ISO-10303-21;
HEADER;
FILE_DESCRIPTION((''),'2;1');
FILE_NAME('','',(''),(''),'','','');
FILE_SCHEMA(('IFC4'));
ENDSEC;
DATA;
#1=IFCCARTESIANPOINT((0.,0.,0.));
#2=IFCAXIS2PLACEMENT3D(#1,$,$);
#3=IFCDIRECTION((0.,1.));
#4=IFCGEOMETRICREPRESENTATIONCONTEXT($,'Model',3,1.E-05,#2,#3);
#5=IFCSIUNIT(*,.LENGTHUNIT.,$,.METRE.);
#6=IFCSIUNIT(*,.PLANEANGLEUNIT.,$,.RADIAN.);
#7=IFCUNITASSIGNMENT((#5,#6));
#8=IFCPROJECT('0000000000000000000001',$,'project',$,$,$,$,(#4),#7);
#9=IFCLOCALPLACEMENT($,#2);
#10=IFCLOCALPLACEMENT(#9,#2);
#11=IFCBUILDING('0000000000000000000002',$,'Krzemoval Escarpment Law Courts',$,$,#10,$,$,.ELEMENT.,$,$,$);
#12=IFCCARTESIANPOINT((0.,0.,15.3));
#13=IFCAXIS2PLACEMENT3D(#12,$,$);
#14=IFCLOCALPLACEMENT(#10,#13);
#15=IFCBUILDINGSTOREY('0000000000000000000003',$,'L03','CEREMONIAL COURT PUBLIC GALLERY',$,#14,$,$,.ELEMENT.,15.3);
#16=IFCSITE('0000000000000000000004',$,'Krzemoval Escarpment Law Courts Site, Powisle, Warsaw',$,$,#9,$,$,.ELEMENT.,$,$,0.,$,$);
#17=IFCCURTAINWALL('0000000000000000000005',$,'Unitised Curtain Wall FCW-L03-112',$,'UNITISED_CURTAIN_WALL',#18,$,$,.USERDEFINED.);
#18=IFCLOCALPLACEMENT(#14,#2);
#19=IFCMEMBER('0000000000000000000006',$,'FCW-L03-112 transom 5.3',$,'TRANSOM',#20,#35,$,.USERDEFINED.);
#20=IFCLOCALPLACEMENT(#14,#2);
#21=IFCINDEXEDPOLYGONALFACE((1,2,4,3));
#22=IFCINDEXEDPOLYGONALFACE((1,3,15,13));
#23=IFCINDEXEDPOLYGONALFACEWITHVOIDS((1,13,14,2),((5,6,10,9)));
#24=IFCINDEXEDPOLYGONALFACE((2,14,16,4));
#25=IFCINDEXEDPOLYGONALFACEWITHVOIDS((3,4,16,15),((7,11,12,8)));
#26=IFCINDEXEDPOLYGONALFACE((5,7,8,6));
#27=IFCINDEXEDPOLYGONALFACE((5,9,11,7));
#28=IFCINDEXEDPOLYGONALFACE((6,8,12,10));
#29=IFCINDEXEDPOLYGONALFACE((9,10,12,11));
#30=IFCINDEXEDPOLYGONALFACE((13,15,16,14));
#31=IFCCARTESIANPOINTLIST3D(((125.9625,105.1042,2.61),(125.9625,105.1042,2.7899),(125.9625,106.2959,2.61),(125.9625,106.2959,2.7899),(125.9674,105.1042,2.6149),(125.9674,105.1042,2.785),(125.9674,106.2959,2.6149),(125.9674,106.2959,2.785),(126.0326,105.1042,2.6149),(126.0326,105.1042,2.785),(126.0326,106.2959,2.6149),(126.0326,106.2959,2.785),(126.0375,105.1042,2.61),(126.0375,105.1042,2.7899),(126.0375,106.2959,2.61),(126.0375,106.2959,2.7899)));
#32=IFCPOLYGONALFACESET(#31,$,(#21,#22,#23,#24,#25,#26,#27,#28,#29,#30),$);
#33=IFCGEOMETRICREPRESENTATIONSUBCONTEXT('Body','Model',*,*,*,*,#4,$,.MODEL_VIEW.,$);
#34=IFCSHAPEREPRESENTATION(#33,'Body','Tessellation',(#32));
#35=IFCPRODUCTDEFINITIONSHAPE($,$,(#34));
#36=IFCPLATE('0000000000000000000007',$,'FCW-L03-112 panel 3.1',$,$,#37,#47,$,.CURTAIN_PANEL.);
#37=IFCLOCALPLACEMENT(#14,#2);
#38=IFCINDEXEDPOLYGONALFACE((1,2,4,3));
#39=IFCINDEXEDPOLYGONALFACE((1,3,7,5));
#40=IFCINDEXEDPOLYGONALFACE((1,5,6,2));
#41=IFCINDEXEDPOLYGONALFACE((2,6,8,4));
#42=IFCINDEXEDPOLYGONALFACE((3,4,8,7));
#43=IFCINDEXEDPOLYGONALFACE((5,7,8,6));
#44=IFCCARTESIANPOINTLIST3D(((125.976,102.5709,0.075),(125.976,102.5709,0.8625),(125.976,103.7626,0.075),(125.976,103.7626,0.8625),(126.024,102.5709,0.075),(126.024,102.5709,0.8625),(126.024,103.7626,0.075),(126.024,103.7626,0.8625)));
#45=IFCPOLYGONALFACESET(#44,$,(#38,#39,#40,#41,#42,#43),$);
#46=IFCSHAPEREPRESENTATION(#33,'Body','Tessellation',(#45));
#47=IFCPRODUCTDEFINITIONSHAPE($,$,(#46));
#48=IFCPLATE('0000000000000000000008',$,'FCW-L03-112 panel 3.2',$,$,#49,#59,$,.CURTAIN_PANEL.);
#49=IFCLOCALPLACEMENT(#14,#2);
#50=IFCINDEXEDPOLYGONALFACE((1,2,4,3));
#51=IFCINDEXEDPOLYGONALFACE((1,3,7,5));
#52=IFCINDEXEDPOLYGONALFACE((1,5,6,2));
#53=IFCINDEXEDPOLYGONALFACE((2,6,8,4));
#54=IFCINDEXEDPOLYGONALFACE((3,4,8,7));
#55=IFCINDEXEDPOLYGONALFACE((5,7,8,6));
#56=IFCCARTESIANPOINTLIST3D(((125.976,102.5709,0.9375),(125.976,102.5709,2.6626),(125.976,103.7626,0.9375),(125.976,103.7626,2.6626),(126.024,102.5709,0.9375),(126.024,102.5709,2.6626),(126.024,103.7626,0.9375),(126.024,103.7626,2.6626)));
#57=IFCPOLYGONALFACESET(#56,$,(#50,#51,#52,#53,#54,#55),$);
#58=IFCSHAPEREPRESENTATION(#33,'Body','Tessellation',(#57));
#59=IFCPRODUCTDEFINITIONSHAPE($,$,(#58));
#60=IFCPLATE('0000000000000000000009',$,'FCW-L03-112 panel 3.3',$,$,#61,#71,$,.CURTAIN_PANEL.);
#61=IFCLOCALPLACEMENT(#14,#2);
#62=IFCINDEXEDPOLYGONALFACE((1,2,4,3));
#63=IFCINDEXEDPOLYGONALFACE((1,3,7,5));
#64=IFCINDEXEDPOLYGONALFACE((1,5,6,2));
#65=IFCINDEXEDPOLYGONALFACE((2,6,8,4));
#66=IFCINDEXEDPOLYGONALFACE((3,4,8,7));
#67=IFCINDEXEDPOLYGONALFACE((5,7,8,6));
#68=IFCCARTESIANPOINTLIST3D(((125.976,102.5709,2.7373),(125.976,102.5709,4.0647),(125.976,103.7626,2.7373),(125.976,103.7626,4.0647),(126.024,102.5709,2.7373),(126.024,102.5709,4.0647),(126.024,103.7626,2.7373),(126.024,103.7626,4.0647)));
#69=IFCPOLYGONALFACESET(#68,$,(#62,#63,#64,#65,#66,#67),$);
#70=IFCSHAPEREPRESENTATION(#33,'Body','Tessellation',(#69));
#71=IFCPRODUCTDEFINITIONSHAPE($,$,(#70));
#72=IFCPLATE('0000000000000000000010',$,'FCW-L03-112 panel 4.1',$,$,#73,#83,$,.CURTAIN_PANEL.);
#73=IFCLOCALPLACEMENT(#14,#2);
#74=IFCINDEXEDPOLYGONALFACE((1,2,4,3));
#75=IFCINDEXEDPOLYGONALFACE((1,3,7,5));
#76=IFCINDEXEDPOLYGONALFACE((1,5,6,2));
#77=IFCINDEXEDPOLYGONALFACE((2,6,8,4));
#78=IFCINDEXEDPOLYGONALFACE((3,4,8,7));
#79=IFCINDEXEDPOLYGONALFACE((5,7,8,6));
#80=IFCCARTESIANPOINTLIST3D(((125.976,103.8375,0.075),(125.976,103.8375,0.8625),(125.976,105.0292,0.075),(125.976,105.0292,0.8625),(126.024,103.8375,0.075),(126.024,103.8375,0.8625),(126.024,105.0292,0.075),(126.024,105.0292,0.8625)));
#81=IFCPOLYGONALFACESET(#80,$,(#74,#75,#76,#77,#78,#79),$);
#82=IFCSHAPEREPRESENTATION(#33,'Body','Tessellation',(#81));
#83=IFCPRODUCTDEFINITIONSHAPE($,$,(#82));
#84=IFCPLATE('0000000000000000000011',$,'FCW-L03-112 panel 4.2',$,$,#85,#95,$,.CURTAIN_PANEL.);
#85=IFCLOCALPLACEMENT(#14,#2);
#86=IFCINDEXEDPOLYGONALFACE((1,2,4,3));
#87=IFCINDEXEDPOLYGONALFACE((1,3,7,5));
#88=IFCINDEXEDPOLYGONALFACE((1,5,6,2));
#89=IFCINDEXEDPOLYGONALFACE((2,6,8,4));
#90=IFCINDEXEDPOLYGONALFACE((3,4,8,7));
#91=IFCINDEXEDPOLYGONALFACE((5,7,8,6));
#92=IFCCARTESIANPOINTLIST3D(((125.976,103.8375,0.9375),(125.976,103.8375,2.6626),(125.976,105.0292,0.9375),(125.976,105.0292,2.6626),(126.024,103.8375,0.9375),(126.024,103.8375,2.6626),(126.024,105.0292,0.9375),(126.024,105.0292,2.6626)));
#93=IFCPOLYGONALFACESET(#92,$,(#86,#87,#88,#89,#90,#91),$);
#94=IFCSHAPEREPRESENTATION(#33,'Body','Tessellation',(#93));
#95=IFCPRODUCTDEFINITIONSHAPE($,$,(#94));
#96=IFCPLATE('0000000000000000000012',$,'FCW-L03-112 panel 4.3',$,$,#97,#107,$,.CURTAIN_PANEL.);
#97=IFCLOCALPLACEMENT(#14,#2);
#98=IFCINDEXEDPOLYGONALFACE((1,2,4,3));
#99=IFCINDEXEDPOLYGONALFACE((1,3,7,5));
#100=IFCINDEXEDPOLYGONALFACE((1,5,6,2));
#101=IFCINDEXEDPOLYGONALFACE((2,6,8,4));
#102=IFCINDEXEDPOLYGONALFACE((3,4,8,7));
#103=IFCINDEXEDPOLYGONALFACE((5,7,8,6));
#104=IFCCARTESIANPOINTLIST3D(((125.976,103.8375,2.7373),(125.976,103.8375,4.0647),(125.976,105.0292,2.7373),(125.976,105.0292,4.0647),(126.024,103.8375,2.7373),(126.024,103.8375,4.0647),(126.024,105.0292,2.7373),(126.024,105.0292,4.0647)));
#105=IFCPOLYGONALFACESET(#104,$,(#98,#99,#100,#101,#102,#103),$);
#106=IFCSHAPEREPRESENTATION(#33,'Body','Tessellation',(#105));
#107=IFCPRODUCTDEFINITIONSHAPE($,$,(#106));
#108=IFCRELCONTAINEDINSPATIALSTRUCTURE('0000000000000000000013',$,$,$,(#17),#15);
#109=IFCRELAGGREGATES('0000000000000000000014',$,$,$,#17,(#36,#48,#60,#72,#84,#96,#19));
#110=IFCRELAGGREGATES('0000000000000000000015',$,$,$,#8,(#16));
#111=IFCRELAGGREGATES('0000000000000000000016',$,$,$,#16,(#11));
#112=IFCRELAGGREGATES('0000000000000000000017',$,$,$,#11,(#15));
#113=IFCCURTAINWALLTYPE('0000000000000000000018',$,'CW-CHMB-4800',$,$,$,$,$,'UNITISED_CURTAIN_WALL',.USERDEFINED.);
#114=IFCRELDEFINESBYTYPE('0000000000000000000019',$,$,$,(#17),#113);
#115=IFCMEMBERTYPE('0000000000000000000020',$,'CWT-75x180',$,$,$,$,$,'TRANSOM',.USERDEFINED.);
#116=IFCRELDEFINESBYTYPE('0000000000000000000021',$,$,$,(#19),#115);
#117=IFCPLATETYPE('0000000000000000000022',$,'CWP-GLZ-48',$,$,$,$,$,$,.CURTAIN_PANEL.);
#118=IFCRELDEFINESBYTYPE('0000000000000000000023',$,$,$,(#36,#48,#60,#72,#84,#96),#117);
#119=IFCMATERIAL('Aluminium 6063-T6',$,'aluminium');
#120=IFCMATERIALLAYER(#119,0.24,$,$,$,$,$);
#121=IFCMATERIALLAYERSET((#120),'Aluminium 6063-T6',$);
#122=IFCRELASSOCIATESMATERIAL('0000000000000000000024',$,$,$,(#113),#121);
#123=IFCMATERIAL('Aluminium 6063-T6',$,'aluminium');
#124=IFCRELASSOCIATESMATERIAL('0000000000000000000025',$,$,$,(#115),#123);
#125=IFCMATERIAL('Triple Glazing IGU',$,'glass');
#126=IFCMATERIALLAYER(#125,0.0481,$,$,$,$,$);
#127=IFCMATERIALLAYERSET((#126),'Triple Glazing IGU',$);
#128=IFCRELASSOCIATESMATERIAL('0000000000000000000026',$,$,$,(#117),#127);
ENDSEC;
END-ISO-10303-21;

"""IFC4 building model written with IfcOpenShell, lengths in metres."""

from ifc_helpers import new_model, si_unit, direction, frame, origin, origin_2d, place, context, subcontext, project, spatial, rectangle, hollow_rectangle, extrude, material, layer, layer_set, material_profile, profile_set, type_object, element, aggregate, save


model = new_model("IFC4")

# Units and contexts
model_context = context("Model", 3, precision=1e-05, world=origin(), true_north=direction((0.0, 1.0)))
body_context = subcontext(model_context, "Body", "Model", "MODEL_VIEW")
ifc_project = project(units=[si_unit("LENGTHUNIT", "METRE"), si_unit("PLANEANGLEUNIT", "RADIAN")], contexts=[model_context])

# Site, building, storey
site_placement = place(None, origin())
site = spatial("IfcSite", under=ifc_project, at=site_placement, Name="Krzemoval Escarpment Law Courts Site, Powisle, Warsaw", CompositionType="ELEMENT", RefElevation=0.0)
building_placement = place(site_placement, origin())
building = spatial("IfcBuilding", under=site, at=building_placement, Name="Krzemoval Escarpment Law Courts", CompositionType="ELEMENT")
storey_placement = place(building_placement, frame((0.0, 0.0, 15.3)))
storey = spatial("IfcBuildingStorey", under=building, at=storey_placement, Name="L03", Description="CEREMONIAL COURT PUBLIC GALLERY", CompositionType="ELEMENT", Elevation=15.3)

# Curtain wall, member, plates
ifc_material_1 = material(Name="Aluminium 6063-T6", Category="aluminium")
ifc_layer_1 = layer(ifc_material_1, 0.24)
ifc_layer_set_1 = layer_set([ifc_layer_1], Name="Aluminium 6063-T6")
curtain_wall_type = type_object("IfcCurtainWallType", Name="CW-CHMB-4800", ElementType="UNITISED_CURTAIN_WALL", PredefinedType="USERDEFINED", material=ifc_layer_set_1)
curtain_wall_placement = place(storey_placement, origin())
curtain_wall = element("IfcCurtainWall", 1, at=curtain_wall_placement, inside=storey, type_object=curtain_wall_type, Name="Unitised Curtain Wall FCW-L03-112", ObjectType="UNITISED_CURTAIN_WALL", PredefinedType="USERDEFINED")
ifc_material_2 = material(Name="Aluminium 6063-T6", Category="aluminium")
ifc_material_profile_1 = material_profile(ifc_material_2, hollow_rectangle(XDim=0.075, YDim=0.1799, WallThickness=0.0049, at=origin_2d()), Name="ALU T75x180")
ifc_profile_set_1 = profile_set([ifc_material_profile_1], Name="Aluminium 6063-T6")
member_type_1 = type_object("IfcMemberType", Name="CWT-75x180", ElementType="TRANSOM", PredefinedType="USERDEFINED", material=ifc_profile_set_1)
member_1_placement = place(storey_placement, frame((126.0, 105.1042, 2.7), z_axis=(0.0, 1.0, 0.0), x_axis=(-1.0, 0.0, 0.0)))
member_1 = element("IfcMember", 2, at=member_1_placement, type_object=member_type_1, Name="FCW-L03-112 transom 5.3", ObjectType="TRANSOM", PredefinedType="USERDEFINED", context=body_context, shape_type="SweptSolid", body=[
    extrude(hollow_rectangle(XDim=0.075, YDim=0.1799, WallThickness=0.0049, at=origin_2d()), origin(), (0.0, 0.0, 1.0), 1.1917),
])
ifc_material_3 = material(Name="Triple Glazing IGU", Category="glass")
ifc_layer_2 = layer(ifc_material_3, 0.0481)
ifc_layer_set_2 = layer_set([ifc_layer_2], Name="Triple Glazing IGU")
plate_type = type_object("IfcPlateType", Name="CWP-GLZ-48", PredefinedType="CURTAIN_PANEL", material=ifc_layer_set_2)
plate_1_placement = place(storey_placement, frame((126.0, 103.1667, 0.075), z_axis=(0.0, 0.0, 1.0), x_axis=(0.0, 1.0, 0.0)))
plate_1 = element("IfcPlate", 3, at=plate_1_placement, type_object=plate_type, Name="FCW-L03-112 panel 3.1", PredefinedType="CURTAIN_PANEL", context=body_context, shape_type="SweptSolid", body=[
    extrude(rectangle(XDim=1.1917, YDim=0.0481, at=origin_2d()), origin(), (0.0, 0.0, 1.0), 0.7876),
])
plate_2_placement = place(storey_placement, frame((126.0, 103.1667, 0.9375), z_axis=(0.0, 0.0, 1.0), x_axis=(0.0, 1.0, 0.0)))
plate_2 = element("IfcPlate", 4, at=plate_2_placement, type_object=plate_type, Name="FCW-L03-112 panel 3.2", PredefinedType="CURTAIN_PANEL", context=body_context, shape_type="SweptSolid", body=[
    extrude(rectangle(XDim=1.1917, YDim=0.0481, at=origin_2d()), origin(), (0.0, 0.0, 1.0), 1.7251),
])
plate_3_placement = place(storey_placement, frame((126.0, 103.1667, 2.7373), z_axis=(0.0, 0.0, 1.0), x_axis=(0.0, 1.0, 0.0)))
plate_3 = element("IfcPlate", 5, at=plate_3_placement, type_object=plate_type, Name="FCW-L03-112 panel 3.3", PredefinedType="CURTAIN_PANEL", context=body_context, shape_type="SweptSolid", body=[
    extrude(rectangle(XDim=1.1917, YDim=0.0481, at=origin_2d()), origin(), (0.0, 0.0, 1.0), 1.3274),
])
plate_4_placement = place(storey_placement, frame((126.0, 104.4333, 0.075), z_axis=(0.0, 0.0, 1.0), x_axis=(0.0, 1.0, 0.0)))
plate_4 = element("IfcPlate", 6, at=plate_4_placement, type_object=plate_type, Name="FCW-L03-112 panel 4.1", PredefinedType="CURTAIN_PANEL", context=body_context, shape_type="SweptSolid", body=[
    extrude(rectangle(XDim=1.1917, YDim=0.0481, at=origin_2d()), origin(), (0.0, 0.0, 1.0), 0.7876),
])
plate_5_placement = place(storey_placement, frame((126.0, 104.4333, 0.9375), z_axis=(0.0, 0.0, 1.0), x_axis=(0.0, 1.0, 0.0)))
plate_5 = element("IfcPlate", 7, at=plate_5_placement, type_object=plate_type, Name="FCW-L03-112 panel 4.2", PredefinedType="CURTAIN_PANEL", context=body_context, shape_type="SweptSolid", body=[
    extrude(rectangle(XDim=1.1917, YDim=0.0481, at=origin_2d()), origin(), (0.0, 0.0, 1.0), 1.7251),
])
plate_6_placement = place(storey_placement, frame((126.0, 104.4333, 2.7373), z_axis=(0.0, 0.0, 1.0), x_axis=(0.0, 1.0, 0.0)))
plate_6 = element("IfcPlate", 8, at=plate_6_placement, type_object=plate_type, Name="FCW-L03-112 panel 4.3", PredefinedType="CURTAIN_PANEL", context=body_context, shape_type="SweptSolid", body=[
    extrude(rectangle(XDim=1.1917, YDim=0.0481, at=origin_2d()), origin(), (0.0, 0.0, 1.0), 1.3274),
])
aggregate(curtain_wall, [plate_1, plate_2, plate_3, plate_4, plate_5, plate_6, member_1])

save(model, "model.ifc")
